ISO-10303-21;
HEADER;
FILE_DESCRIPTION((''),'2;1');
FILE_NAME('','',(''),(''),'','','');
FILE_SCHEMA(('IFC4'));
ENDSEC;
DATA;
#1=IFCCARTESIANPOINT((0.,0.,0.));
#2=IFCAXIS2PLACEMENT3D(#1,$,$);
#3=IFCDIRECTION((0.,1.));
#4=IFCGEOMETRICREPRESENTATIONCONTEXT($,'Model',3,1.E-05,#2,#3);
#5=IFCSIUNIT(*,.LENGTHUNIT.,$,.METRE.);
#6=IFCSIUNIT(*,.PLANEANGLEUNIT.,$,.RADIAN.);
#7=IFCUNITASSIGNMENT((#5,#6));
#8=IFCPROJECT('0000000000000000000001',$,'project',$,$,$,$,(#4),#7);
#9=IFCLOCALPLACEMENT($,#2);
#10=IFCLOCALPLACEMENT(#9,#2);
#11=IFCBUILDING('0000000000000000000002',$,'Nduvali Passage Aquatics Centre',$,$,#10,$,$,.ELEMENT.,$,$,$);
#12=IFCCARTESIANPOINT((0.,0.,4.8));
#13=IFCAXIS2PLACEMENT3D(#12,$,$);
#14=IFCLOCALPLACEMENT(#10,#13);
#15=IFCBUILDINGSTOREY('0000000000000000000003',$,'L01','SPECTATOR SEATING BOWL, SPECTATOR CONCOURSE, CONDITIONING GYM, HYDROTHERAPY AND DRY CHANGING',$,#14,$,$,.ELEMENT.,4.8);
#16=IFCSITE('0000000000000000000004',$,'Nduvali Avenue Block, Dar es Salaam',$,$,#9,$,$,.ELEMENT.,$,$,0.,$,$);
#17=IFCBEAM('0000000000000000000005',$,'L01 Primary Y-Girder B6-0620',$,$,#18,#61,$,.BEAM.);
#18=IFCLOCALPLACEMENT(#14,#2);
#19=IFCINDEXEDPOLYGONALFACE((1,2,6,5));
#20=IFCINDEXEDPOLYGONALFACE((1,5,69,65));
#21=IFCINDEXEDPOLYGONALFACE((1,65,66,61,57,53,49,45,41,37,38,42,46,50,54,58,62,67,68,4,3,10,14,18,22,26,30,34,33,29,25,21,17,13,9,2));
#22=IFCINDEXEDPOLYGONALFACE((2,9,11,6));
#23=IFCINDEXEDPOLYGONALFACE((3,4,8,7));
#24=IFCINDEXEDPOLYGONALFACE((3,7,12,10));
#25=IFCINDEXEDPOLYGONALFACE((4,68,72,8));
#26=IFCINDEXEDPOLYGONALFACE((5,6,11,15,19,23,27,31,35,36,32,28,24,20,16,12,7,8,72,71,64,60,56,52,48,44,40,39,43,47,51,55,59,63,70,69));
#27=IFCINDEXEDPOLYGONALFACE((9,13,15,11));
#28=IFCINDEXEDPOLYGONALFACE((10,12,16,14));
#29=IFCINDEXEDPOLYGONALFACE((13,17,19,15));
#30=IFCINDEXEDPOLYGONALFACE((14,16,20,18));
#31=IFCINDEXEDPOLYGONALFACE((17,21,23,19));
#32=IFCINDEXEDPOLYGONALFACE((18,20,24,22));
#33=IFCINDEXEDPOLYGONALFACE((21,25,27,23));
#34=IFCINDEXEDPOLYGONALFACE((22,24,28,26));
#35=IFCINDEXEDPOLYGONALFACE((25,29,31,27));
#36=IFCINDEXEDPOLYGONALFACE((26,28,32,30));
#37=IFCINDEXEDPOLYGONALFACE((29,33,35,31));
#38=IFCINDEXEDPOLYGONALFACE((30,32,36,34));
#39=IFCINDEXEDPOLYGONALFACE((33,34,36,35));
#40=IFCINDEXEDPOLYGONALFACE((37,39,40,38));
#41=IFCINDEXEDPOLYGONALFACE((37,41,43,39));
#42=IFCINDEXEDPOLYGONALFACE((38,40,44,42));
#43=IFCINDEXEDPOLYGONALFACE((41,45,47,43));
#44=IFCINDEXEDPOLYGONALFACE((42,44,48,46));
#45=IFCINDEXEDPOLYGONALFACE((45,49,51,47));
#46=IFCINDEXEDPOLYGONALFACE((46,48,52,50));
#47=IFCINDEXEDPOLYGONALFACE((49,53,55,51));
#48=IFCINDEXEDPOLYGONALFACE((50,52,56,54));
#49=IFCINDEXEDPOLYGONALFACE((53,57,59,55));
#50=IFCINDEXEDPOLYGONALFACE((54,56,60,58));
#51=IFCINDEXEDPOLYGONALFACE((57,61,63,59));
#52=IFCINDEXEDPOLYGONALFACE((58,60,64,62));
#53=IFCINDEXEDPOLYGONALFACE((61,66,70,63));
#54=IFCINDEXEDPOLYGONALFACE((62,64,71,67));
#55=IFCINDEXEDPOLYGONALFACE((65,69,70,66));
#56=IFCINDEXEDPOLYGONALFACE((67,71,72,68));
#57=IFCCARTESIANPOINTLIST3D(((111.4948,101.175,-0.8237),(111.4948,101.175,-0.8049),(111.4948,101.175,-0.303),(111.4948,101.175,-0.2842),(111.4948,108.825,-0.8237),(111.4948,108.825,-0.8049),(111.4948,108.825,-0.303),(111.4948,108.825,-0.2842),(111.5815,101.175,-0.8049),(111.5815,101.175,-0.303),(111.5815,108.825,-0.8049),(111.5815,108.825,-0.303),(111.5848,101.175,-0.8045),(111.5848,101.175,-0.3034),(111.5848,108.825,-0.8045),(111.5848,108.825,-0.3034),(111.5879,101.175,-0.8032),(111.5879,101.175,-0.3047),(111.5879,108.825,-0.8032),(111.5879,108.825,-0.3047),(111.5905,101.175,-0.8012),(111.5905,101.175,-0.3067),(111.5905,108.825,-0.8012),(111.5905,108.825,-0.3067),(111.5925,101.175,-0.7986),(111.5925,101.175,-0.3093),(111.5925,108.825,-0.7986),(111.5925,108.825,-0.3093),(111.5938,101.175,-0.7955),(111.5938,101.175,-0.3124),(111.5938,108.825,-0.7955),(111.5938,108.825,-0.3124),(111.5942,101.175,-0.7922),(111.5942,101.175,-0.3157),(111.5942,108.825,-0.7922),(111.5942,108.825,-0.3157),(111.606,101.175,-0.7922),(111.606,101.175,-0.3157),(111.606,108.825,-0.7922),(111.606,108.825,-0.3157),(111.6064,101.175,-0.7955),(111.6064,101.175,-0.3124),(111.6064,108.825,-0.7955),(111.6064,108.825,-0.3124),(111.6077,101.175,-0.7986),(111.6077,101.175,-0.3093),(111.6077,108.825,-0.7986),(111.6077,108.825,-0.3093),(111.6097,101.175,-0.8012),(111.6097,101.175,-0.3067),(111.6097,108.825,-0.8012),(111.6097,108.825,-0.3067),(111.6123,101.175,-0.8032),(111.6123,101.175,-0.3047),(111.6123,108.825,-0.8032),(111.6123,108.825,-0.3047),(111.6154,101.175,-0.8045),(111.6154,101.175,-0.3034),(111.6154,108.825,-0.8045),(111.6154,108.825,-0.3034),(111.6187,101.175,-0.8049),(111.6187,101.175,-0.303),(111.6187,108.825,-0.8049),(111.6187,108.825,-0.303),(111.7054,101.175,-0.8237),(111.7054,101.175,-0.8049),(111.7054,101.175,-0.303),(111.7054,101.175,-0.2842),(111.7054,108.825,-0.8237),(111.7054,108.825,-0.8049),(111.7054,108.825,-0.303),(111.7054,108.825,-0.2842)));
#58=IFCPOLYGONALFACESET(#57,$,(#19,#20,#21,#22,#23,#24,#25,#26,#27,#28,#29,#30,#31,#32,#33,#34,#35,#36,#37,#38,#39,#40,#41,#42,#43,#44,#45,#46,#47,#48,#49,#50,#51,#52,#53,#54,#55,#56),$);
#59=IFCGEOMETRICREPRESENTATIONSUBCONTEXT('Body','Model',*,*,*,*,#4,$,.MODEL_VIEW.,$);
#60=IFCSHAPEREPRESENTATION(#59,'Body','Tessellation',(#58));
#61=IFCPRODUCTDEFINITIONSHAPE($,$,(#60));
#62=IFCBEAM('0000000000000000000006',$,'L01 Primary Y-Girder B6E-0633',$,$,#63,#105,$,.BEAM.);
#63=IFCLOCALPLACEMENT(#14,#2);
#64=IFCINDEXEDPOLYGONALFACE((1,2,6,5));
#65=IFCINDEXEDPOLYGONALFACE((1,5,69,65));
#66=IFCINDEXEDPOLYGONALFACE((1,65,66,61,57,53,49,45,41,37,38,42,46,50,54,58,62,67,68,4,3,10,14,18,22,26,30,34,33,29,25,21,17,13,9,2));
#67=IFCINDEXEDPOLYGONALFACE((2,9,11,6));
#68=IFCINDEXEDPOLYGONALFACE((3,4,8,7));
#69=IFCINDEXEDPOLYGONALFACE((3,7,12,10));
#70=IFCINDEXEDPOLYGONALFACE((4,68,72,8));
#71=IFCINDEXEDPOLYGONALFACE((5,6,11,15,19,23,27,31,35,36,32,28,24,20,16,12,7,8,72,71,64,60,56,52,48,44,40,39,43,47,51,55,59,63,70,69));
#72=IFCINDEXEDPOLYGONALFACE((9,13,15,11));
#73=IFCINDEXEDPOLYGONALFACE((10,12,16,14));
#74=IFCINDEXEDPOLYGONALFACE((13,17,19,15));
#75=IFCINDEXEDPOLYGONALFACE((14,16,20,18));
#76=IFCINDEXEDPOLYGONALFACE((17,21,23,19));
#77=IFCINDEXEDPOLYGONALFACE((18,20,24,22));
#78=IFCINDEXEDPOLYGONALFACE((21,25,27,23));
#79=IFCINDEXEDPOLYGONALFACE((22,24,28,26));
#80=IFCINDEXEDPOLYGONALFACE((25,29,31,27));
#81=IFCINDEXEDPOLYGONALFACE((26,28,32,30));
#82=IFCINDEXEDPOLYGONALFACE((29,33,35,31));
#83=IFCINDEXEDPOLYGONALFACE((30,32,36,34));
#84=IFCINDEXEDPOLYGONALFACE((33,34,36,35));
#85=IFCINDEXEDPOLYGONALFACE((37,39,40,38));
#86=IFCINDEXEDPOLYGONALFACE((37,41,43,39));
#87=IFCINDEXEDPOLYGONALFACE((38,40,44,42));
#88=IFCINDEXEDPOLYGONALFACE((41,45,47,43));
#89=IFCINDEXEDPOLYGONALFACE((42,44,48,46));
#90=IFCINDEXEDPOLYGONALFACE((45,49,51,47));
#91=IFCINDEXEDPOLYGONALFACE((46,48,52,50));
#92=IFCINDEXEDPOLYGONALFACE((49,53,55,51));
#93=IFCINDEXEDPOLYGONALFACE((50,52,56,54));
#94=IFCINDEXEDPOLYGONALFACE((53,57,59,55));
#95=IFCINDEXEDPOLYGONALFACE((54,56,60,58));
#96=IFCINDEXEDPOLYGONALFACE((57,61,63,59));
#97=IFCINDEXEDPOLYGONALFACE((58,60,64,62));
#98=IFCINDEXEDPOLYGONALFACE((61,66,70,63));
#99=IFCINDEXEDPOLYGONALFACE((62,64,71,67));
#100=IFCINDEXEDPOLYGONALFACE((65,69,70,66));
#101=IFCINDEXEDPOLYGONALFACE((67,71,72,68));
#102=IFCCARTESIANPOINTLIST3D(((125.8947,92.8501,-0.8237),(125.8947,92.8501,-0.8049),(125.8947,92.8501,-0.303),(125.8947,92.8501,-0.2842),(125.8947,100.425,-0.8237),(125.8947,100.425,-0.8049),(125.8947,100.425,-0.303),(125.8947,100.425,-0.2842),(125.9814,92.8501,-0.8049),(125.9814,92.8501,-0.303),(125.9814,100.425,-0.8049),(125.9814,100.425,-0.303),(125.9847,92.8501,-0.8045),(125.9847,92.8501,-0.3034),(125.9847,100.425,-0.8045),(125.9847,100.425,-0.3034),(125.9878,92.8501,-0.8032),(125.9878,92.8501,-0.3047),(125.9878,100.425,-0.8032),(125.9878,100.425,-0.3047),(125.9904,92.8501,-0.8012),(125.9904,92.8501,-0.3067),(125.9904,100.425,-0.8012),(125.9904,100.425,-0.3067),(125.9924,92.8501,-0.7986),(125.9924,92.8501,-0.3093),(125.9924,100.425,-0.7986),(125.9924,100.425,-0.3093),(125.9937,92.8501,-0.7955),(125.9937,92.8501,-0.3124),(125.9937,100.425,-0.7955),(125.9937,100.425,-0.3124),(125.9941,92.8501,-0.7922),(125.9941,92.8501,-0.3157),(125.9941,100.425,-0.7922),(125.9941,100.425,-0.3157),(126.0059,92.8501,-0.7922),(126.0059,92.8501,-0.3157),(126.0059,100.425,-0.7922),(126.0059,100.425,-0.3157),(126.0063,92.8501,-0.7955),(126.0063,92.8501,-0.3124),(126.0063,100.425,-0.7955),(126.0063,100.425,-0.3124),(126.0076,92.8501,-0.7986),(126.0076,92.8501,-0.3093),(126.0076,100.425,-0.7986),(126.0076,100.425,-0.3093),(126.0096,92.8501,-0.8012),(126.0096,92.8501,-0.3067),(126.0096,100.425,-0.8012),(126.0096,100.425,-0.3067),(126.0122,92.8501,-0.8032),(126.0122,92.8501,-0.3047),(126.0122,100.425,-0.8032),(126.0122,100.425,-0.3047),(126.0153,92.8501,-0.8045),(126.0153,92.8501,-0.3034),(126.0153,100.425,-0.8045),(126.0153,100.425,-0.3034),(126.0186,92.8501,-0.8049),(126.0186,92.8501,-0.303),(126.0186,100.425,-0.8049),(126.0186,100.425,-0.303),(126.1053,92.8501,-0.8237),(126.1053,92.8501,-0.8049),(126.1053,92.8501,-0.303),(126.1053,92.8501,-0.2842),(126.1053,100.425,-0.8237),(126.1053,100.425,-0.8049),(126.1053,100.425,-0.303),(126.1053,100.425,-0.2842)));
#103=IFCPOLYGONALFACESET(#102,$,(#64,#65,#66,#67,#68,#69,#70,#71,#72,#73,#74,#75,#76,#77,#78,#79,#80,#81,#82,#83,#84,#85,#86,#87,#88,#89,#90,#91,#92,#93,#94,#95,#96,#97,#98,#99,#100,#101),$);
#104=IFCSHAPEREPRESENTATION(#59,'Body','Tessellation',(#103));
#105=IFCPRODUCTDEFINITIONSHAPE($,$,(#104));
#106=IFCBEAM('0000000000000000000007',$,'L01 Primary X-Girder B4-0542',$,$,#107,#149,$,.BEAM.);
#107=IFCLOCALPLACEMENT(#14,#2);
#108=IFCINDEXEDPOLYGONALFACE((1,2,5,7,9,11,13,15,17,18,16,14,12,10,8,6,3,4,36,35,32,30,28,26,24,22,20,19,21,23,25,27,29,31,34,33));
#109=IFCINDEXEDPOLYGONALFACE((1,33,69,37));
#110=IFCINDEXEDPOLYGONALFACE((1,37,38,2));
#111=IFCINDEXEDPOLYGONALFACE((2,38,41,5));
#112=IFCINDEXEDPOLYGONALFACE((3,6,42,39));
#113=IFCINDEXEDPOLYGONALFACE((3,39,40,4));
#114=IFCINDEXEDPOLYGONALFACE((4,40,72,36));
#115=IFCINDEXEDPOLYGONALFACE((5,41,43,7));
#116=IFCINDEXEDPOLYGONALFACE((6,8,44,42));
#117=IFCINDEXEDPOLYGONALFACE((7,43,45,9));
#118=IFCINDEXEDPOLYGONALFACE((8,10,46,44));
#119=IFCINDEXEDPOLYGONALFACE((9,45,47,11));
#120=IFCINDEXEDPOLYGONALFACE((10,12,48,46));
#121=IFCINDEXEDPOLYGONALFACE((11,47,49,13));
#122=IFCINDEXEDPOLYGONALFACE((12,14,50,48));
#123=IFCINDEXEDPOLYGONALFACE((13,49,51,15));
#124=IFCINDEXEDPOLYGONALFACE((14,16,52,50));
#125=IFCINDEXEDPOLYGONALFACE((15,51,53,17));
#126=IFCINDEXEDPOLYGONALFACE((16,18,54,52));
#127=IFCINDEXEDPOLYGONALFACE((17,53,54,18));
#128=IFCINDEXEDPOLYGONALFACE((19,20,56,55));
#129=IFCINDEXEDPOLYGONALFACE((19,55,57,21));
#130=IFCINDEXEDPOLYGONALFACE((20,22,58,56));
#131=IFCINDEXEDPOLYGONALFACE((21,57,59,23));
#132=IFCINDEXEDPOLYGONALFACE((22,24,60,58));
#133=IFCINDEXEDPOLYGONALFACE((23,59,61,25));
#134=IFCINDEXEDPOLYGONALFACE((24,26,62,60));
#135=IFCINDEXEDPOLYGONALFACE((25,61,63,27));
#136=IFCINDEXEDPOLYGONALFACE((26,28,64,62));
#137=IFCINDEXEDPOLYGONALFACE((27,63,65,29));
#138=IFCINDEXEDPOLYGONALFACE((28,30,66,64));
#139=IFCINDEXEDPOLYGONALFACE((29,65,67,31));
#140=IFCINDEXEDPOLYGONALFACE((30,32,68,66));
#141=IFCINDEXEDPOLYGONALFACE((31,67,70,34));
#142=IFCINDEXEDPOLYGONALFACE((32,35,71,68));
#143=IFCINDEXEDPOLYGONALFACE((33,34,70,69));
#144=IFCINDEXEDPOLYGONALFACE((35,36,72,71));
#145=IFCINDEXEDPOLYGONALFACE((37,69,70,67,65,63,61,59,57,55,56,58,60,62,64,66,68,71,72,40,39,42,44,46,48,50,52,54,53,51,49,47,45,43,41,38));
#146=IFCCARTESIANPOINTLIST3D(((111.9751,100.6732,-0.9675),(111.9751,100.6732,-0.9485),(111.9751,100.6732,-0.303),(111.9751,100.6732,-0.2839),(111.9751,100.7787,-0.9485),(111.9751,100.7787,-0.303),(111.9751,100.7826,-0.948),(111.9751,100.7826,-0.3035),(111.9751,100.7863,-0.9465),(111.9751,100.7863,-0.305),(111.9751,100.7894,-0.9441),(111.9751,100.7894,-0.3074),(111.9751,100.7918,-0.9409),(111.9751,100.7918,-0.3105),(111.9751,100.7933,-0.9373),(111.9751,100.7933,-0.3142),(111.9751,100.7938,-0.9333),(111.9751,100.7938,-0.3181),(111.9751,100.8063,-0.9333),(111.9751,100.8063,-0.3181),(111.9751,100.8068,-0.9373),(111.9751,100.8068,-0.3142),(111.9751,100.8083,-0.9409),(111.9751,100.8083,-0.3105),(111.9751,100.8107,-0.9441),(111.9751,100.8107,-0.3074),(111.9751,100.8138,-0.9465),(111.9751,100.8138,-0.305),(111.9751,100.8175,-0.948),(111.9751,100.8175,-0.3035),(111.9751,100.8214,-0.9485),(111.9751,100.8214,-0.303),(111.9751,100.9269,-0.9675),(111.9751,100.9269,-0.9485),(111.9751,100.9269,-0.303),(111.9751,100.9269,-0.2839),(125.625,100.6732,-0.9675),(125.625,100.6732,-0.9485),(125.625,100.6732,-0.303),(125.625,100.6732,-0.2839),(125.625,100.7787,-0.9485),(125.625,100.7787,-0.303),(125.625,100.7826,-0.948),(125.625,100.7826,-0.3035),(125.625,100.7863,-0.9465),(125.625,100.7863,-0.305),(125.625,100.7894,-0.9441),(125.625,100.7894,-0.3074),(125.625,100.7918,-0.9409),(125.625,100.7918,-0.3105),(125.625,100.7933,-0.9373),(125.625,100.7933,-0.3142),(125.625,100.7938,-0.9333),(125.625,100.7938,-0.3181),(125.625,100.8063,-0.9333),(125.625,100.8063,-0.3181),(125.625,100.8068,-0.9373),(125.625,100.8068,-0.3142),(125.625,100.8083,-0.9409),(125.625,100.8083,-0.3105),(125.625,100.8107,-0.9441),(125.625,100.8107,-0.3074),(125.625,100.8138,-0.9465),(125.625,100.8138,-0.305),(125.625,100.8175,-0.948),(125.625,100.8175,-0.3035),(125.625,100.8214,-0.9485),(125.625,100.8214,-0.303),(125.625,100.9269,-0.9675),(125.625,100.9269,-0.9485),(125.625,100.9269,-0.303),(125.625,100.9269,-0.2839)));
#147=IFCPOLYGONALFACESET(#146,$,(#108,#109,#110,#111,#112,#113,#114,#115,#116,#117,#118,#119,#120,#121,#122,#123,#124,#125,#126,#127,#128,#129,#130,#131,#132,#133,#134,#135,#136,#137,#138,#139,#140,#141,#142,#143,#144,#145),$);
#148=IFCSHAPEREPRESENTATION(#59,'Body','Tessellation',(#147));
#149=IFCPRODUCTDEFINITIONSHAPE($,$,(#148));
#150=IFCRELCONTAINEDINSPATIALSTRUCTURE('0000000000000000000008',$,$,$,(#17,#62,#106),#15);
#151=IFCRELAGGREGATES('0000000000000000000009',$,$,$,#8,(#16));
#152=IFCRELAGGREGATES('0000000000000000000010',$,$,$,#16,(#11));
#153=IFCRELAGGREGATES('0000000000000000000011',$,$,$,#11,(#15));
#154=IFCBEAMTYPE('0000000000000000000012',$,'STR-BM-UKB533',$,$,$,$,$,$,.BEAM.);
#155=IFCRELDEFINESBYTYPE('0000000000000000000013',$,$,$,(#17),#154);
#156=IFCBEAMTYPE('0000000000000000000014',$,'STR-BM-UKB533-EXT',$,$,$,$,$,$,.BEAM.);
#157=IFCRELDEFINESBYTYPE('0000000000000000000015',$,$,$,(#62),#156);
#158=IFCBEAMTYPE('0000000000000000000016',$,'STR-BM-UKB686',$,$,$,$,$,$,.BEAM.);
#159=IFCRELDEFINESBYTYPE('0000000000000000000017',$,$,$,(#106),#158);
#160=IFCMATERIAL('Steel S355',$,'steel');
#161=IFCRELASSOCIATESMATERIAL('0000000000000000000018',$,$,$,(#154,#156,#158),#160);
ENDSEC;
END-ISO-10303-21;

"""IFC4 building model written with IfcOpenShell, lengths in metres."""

from ifc_helpers import new_model, si_unit, direction, frame, origin, origin_2d, place, context, subcontext, project, spatial, i_section, extrude, material, material_profile, profile_set, type_object, element, save


model = new_model("IFC4")

# Units and contexts
model_context = context("Model", 3, precision=1e-05, world=origin(), true_north=direction((0.0, 1.0)))
body_context = subcontext(model_context, "Body", "Model", "MODEL_VIEW")
ifc_project = project(units=[si_unit("LENGTHUNIT", "METRE"), si_unit("PLANEANGLEUNIT", "RADIAN")], contexts=[model_context])

# Site, building, storey
site_placement = place(None, origin())
site = spatial("IfcSite", under=ifc_project, at=site_placement, Name="Nduvali Avenue Block, Dar es Salaam", CompositionType="ELEMENT", RefElevation=0.0)
building_placement = place(site_placement, origin())
building = spatial("IfcBuilding", under=site, at=building_placement, Name="Nduvali Passage Aquatics Centre", CompositionType="ELEMENT")
storey_placement = place(building_placement, frame((0.0, 0.0, 4.8)))
storey = spatial("IfcBuildingStorey", under=building, at=storey_placement, Name="L01", Description="SPECTATOR SEATING BOWL, SPECTATOR CONCOURSE, CONDITIONING GYM, HYDROTHERAPY AND DRY CHANGING", CompositionType="ELEMENT", Elevation=4.8)

# Shared definitions
ifc_material_1 = material(Name="Steel S355", Category="steel")

# Beams
ifc_material_profile_1 = material_profile(ifc_material_1, i_section(OverallWidth=0.2107, OverallDepth=0.5396, WebThickness=0.0117, FlangeThickness=0.0188, FilletRadius=0.0127, at=origin_2d()), Name="UKB 533x210x109")
ifc_profile_set_1 = profile_set([ifc_material_profile_1], Name="Steel S355")
beam_type_1 = type_object("IfcBeamType", Name="STR-BM-UKB533", PredefinedType="BEAM", material=ifc_profile_set_1)
beam_1_placement = place(storey_placement, frame((111.6001, 101.175, -0.554), z_axis=(0.0, 1.0, 0.0), x_axis=(-1.0, 0.0, 0.0)))
element("IfcBeam", 1, at=beam_1_placement, inside=storey, type_object=beam_type_1, Name="L01 Primary Y-Girder B6-0620", PredefinedType="BEAM", context=body_context, shape_type="SweptSolid", body=[
    extrude(i_section(OverallWidth=0.2107, OverallDepth=0.5396, WebThickness=0.0117, FlangeThickness=0.0188, FilletRadius=0.0127, at=origin_2d()), origin(), (0.0, 0.0, 1.0), 7.6499),
])
ifc_material_profile_2 = material_profile(ifc_material_1, i_section(OverallWidth=0.2107, OverallDepth=0.5396, WebThickness=0.0117, FlangeThickness=0.0188, FilletRadius=0.0127, at=origin_2d()), Name="UKB 533x210x109")
ifc_profile_set_2 = profile_set([ifc_material_profile_2], Name="Steel S355")
beam_type_2 = type_object("IfcBeamType", Name="STR-BM-UKB533-EXT", PredefinedType="BEAM", material=ifc_profile_set_2)
beam_2_placement = place(storey_placement, frame((126.0, 92.8501, -0.554), z_axis=(0.0, 1.0, 0.0), x_axis=(-1.0, 0.0, 0.0)))
element("IfcBeam", 2, at=beam_2_placement, inside=storey, type_object=beam_type_2, Name="L01 Primary Y-Girder B6E-0633", PredefinedType="BEAM", context=body_context, shape_type="SweptSolid", body=[
    extrude(i_section(OverallWidth=0.2107, OverallDepth=0.5396, WebThickness=0.0117, FlangeThickness=0.0188, FilletRadius=0.0127, at=origin_2d()), origin(), (0.0, 0.0, 1.0), 7.575),
])
ifc_material_profile_3 = material_profile(ifc_material_1, i_section(OverallWidth=0.2537, OverallDepth=0.6836, WebThickness=0.0125, FlangeThickness=0.019, FilletRadius=0.0151, at=origin_2d()), Name="UKB 686x254x140")
ifc_profile_set_3 = profile_set([ifc_material_profile_3], Name="Steel S355")
beam_type_3 = type_object("IfcBeamType", Name="STR-BM-UKB686", PredefinedType="BEAM", material=ifc_profile_set_3)
beam_3_placement = place(storey_placement, frame((111.9751, 100.8, -0.6257), z_axis=(1.0, 0.0, 0.0), x_axis=(0.0, 1.0, 0.0)))
element("IfcBeam", 3, at=beam_3_placement, inside=storey, type_object=beam_type_3, Name="L01 Primary X-Girder B4-0542", PredefinedType="BEAM", context=body_context, shape_type="SweptSolid", body=[
    extrude(i_section(OverallWidth=0.2537, OverallDepth=0.6836, WebThickness=0.0125, FlangeThickness=0.019, FilletRadius=0.0151, at=origin_2d()), origin(), (0.0, 0.0, 1.0), 13.6499),
])

save(model, "model.ifc")
